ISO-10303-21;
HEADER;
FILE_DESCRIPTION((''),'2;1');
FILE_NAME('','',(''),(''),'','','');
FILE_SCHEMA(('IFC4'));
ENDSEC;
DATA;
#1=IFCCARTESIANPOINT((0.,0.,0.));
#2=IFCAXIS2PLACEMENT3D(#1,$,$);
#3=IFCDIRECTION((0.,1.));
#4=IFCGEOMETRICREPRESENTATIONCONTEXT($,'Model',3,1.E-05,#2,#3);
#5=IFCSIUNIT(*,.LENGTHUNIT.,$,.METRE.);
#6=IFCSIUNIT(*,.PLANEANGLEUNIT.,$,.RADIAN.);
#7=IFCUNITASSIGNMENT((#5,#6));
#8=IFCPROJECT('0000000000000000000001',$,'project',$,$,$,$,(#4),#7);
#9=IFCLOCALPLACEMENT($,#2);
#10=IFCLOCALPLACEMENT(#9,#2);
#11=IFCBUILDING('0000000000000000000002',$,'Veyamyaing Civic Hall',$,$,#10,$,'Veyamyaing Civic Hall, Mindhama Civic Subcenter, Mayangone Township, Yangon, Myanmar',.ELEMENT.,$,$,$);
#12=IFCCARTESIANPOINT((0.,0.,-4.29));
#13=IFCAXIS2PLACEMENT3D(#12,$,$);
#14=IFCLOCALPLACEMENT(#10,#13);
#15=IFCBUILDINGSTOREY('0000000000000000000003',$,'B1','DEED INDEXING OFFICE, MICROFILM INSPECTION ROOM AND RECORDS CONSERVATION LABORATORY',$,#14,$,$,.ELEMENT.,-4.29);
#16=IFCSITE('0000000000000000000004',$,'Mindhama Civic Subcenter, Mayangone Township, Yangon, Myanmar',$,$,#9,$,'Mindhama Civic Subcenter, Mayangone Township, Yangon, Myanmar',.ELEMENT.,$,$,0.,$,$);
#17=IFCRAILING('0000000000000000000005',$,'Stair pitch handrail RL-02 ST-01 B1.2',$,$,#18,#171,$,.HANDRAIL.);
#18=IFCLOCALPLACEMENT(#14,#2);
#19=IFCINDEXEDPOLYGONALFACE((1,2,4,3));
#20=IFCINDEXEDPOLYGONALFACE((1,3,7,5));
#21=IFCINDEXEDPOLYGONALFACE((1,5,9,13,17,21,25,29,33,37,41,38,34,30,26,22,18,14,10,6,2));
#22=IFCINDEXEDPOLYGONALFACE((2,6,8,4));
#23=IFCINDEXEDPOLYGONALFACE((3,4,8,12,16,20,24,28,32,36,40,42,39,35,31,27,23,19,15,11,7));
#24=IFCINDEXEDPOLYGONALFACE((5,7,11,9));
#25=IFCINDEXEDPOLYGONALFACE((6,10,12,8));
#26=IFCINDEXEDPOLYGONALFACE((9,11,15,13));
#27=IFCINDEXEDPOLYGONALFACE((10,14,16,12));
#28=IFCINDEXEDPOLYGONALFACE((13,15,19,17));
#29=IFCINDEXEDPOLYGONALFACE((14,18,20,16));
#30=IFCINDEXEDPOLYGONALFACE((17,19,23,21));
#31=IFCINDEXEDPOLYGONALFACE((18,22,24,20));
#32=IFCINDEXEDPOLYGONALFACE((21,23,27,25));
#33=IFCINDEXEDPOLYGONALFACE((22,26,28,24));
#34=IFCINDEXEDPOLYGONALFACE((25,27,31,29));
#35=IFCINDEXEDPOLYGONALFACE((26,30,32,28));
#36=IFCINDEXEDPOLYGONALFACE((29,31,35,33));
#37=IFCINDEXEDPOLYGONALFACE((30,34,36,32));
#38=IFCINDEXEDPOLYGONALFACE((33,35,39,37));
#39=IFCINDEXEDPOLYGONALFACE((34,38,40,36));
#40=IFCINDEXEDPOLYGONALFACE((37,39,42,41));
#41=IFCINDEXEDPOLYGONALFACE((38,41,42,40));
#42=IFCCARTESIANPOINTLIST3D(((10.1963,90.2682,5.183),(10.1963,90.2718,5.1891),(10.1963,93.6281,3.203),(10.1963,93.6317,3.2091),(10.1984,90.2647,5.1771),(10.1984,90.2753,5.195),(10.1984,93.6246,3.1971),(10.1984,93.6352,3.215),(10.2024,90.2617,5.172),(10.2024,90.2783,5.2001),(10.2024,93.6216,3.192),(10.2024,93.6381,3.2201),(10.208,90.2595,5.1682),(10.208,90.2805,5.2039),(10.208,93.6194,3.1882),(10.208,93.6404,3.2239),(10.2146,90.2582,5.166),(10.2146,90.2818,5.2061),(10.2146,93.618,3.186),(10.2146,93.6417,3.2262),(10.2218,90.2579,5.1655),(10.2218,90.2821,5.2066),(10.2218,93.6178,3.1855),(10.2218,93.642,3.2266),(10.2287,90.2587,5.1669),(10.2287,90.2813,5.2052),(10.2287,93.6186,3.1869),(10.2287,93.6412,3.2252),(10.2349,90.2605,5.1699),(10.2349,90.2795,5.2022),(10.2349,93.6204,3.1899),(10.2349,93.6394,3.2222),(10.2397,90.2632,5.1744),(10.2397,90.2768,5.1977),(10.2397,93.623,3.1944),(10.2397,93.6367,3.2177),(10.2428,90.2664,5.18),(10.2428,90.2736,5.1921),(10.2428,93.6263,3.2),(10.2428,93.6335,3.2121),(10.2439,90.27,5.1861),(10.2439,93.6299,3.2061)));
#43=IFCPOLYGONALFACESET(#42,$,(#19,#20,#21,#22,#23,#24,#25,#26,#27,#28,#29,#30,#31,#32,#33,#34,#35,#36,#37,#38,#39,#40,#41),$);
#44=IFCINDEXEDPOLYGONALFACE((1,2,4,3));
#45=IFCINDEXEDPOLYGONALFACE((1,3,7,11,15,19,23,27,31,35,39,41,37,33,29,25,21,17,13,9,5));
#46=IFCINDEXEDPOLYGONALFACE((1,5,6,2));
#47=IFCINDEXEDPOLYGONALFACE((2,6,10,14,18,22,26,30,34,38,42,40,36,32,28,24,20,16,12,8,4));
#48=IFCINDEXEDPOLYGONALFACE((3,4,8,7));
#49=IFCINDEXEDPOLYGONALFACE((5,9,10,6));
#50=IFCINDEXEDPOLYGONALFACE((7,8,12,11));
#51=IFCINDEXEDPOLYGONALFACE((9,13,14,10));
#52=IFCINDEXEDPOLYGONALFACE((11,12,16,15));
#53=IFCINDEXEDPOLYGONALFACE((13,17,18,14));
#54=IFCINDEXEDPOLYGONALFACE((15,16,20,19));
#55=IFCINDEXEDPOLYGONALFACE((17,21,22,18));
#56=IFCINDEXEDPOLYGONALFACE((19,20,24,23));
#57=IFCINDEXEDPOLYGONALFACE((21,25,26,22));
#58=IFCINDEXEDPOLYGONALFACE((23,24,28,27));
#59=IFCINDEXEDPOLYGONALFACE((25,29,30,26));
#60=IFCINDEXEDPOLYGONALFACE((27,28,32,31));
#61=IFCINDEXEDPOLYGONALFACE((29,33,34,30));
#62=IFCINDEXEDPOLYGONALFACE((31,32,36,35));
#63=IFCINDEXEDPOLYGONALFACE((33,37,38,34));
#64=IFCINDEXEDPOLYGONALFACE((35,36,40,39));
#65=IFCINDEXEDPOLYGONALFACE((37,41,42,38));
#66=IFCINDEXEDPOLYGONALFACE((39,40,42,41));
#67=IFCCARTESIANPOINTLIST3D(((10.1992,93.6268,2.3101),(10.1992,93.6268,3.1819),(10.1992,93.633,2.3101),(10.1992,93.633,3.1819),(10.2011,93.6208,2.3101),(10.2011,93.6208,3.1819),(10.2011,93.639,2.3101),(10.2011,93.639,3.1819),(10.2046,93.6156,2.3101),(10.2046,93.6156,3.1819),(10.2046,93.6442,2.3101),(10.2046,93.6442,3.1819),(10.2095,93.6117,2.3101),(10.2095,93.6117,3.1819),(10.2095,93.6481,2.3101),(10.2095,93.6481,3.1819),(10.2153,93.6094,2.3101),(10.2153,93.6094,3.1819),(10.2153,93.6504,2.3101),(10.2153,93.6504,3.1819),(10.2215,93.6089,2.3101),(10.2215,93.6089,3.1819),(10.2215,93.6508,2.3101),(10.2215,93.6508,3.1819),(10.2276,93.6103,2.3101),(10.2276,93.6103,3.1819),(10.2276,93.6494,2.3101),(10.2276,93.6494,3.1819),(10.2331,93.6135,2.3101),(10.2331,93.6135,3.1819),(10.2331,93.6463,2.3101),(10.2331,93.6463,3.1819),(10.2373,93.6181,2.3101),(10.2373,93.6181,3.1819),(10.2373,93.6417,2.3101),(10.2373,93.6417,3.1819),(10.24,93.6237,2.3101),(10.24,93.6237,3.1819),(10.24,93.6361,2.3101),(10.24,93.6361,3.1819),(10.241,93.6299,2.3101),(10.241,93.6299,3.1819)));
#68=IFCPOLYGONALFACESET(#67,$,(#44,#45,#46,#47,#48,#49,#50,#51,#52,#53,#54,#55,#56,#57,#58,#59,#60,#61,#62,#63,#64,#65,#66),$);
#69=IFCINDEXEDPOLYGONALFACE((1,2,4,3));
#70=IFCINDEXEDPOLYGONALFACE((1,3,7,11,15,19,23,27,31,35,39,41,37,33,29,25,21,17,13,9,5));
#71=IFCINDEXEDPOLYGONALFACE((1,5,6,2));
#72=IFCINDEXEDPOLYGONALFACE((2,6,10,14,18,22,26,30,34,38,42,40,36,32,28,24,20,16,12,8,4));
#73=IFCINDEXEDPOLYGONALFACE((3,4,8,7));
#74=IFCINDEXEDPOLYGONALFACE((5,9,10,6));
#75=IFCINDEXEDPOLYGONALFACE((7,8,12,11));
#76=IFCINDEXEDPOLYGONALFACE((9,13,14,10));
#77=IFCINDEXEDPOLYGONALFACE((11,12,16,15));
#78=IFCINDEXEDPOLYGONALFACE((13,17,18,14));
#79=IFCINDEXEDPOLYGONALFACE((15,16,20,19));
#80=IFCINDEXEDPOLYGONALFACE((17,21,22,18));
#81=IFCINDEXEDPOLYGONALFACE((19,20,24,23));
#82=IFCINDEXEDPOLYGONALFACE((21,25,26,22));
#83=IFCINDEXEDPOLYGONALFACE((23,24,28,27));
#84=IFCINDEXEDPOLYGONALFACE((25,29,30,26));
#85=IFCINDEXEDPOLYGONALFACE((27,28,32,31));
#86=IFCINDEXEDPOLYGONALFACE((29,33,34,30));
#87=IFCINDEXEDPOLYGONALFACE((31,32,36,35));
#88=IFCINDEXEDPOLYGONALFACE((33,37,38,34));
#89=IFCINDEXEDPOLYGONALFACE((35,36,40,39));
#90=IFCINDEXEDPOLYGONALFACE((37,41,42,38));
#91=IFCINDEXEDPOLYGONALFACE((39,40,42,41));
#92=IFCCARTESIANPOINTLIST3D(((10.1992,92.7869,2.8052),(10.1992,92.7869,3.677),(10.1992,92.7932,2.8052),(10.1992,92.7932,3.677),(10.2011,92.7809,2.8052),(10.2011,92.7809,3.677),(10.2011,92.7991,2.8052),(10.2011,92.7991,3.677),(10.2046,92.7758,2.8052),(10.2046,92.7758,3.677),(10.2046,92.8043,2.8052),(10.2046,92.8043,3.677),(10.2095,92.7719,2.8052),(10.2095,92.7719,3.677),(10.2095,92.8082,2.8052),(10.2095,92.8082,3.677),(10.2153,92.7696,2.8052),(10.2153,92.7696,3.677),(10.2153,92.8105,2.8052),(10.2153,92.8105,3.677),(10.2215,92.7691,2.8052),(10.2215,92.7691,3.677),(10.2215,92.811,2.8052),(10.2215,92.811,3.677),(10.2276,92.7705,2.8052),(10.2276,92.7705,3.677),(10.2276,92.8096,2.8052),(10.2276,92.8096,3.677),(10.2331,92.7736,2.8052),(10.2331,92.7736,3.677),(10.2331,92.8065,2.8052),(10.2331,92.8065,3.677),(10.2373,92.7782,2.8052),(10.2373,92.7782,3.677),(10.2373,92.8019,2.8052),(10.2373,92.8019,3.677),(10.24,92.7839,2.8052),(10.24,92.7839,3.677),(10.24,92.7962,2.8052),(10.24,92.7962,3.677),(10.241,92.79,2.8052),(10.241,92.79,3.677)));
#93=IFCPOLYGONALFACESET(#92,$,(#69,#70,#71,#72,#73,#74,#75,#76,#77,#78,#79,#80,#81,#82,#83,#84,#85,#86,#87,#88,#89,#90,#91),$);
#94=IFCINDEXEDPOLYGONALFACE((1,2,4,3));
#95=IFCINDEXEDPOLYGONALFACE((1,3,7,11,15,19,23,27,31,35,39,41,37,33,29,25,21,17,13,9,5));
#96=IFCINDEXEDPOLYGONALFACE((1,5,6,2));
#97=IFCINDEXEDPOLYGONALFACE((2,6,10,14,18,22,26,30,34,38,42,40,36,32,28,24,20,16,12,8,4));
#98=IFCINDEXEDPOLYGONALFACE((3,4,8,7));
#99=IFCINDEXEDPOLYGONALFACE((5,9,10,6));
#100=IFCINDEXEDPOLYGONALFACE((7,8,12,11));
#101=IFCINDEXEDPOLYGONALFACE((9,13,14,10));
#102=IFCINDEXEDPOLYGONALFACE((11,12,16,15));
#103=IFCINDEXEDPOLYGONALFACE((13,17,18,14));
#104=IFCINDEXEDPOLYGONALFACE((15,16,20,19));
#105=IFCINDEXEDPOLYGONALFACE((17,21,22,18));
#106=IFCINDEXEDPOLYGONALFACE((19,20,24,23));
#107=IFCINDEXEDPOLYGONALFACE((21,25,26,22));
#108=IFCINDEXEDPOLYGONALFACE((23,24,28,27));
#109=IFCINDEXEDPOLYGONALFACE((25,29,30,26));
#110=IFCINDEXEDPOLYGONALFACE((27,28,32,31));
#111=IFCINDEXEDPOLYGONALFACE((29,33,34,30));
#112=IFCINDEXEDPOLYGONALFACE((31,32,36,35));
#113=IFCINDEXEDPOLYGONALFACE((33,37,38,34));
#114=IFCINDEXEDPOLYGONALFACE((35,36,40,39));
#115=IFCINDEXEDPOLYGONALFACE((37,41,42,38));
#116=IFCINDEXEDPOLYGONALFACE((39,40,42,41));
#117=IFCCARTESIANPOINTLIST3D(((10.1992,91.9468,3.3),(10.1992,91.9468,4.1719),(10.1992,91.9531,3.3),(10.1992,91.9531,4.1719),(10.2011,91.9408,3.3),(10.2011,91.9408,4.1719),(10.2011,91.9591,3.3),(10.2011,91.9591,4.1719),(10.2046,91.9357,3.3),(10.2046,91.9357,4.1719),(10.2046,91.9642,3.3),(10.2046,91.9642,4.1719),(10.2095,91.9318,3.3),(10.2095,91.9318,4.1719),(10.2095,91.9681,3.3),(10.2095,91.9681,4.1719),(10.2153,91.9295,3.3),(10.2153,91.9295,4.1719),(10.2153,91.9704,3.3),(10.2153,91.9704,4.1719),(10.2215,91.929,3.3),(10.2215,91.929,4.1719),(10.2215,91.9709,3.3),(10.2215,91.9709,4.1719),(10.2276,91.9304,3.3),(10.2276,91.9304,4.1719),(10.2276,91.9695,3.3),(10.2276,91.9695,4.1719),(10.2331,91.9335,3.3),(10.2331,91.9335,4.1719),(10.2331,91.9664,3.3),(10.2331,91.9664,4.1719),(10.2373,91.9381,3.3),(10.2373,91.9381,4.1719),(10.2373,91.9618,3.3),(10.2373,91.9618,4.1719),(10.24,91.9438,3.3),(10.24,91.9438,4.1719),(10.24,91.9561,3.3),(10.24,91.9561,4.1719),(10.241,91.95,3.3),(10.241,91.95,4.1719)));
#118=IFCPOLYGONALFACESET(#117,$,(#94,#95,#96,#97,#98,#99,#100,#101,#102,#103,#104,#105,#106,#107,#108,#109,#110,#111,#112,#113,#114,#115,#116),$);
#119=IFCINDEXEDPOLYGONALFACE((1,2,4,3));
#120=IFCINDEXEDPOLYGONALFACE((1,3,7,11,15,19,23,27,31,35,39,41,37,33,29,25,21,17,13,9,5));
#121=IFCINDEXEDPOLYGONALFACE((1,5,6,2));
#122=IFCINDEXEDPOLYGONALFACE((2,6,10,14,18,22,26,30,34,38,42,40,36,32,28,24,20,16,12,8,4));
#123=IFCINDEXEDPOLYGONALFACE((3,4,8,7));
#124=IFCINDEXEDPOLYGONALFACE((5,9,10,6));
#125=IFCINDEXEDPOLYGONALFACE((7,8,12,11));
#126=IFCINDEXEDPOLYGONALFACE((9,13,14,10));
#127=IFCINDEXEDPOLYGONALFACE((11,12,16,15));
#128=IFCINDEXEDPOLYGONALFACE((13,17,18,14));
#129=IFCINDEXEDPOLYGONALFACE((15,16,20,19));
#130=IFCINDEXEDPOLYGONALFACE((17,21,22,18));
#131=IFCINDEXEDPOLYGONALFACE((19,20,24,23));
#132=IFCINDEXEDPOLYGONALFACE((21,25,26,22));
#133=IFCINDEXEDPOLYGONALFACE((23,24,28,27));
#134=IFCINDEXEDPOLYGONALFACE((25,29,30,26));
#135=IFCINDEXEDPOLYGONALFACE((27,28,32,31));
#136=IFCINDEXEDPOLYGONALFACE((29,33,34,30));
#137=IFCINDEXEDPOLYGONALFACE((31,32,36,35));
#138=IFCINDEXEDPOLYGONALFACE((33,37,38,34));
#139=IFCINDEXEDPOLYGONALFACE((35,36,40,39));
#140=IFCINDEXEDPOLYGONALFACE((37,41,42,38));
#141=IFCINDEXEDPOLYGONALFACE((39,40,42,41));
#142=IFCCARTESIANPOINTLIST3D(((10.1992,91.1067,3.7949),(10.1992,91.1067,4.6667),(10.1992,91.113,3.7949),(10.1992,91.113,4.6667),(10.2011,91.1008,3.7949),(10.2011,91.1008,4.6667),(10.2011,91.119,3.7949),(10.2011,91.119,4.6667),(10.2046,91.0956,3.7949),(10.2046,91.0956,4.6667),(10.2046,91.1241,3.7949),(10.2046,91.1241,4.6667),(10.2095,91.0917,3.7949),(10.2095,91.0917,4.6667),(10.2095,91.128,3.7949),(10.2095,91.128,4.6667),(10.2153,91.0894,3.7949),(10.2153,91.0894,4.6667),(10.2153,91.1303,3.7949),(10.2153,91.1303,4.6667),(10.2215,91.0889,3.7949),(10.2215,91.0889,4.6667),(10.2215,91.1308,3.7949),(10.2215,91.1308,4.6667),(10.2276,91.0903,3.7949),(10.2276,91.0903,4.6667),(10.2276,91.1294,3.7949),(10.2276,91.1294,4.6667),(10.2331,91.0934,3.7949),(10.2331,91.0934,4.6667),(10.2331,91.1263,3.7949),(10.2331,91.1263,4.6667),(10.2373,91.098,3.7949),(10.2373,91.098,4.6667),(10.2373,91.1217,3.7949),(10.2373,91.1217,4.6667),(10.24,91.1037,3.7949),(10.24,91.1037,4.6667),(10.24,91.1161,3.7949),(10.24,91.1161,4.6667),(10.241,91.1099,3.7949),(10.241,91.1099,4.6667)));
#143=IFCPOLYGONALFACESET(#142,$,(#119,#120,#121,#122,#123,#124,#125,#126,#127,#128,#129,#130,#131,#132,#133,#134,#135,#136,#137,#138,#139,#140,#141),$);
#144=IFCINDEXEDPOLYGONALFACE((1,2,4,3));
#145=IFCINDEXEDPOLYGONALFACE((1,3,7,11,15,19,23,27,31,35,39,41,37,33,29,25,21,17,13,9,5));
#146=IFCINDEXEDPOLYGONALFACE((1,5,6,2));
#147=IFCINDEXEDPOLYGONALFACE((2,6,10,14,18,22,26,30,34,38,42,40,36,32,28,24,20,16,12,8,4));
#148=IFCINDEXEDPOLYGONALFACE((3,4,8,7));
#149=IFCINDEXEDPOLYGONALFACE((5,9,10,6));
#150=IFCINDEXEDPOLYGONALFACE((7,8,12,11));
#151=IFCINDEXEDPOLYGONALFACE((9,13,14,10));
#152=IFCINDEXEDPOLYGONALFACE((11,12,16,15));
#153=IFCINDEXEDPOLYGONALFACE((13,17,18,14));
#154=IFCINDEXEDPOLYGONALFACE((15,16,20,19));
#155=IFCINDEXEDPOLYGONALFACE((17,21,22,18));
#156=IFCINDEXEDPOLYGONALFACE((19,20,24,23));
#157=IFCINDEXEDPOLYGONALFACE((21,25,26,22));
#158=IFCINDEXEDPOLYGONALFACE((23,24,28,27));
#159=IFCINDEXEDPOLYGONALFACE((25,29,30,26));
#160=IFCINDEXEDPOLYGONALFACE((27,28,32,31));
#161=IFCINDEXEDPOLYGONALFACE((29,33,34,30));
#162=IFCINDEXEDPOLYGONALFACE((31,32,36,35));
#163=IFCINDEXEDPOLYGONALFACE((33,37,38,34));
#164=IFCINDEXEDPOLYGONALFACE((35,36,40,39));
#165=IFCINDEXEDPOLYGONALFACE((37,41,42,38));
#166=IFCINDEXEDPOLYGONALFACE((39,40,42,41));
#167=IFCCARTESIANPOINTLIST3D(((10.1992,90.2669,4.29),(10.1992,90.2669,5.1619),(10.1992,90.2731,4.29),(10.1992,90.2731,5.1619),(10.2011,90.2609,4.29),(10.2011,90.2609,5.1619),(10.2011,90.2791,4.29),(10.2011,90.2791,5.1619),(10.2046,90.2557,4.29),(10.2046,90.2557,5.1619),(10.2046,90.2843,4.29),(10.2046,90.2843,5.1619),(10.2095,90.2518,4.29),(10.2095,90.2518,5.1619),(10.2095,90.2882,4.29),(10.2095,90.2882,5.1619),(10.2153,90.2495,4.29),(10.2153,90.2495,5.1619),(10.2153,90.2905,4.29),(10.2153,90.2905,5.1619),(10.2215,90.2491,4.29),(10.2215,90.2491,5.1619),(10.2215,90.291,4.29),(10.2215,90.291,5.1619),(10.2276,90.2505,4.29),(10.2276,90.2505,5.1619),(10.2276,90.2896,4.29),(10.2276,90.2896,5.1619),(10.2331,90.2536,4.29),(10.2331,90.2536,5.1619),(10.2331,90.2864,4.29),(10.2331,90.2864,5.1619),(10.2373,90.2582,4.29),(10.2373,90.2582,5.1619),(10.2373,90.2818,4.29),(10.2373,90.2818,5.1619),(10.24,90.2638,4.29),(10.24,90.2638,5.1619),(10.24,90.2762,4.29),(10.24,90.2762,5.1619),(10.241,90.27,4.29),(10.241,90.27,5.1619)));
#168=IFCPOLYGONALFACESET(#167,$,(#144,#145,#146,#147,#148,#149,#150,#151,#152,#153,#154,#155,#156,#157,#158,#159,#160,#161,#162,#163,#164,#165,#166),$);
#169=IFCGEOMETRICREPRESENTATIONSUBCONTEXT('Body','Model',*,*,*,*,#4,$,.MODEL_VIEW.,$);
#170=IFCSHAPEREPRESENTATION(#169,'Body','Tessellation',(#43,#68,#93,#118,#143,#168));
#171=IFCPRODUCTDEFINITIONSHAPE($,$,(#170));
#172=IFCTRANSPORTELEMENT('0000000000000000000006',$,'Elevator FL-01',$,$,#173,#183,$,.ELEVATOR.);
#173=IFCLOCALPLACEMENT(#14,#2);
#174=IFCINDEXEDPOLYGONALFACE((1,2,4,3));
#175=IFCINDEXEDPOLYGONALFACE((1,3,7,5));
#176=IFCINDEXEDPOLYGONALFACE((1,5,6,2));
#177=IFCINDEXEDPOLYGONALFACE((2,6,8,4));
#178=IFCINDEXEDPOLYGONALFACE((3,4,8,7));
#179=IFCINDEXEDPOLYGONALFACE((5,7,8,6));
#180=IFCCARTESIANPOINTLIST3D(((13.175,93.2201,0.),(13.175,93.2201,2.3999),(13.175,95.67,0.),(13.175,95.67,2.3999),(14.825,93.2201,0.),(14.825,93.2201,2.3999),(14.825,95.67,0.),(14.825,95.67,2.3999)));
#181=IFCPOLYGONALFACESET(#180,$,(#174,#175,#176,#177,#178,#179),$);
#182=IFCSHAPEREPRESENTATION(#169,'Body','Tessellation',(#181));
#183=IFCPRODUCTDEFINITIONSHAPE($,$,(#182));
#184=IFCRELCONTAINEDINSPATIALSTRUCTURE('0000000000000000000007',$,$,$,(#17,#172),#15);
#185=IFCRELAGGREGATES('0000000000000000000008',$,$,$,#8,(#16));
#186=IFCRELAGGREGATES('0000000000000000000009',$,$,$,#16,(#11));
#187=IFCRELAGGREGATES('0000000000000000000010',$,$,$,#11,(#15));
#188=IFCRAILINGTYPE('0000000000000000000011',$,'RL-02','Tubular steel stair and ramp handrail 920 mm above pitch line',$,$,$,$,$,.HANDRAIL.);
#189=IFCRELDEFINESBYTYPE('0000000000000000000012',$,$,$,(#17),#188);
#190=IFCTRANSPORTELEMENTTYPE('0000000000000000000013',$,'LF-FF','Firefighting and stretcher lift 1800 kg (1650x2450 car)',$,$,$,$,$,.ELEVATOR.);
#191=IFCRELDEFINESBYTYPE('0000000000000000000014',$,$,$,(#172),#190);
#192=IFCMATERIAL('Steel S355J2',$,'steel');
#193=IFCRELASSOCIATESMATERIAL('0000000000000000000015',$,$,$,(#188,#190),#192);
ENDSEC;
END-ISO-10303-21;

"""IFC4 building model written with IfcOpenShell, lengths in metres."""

from ifc_helpers import new_model, si_unit, direction, frame, origin, origin_2d, place, context, subcontext, project, spatial, rectangle, circle, extrude, material, type_object, element, save


model = new_model("IFC4")

# Units and contexts
model_context = context("Model", 3, precision=1e-05, world=origin(), true_north=direction((0.0, 1.0)))
body_context = subcontext(model_context, "Body", "Model", "MODEL_VIEW")
ifc_project = project(units=[si_unit("LENGTHUNIT", "METRE"), si_unit("PLANEANGLEUNIT", "RADIAN")], contexts=[model_context])

# Site, building, storey
site_placement = place(None, origin())
site = spatial("IfcSite", under=ifc_project, at=site_placement, Name="Mindhama Civic Subcenter, Mayangone Township, Yangon, Myanmar", LongName="Mindhama Civic Subcenter, Mayangone Township, Yangon, Myanmar", CompositionType="ELEMENT", RefElevation=0.0)
building_placement = place(site_placement, origin())
building = spatial("IfcBuilding", under=site, at=building_placement, Name="Veyamyaing Civic Hall", LongName="Veyamyaing Civic Hall, Mindhama Civic Subcenter, Mayangone Township, Yangon, Myanmar", CompositionType="ELEMENT")
storey_placement = place(building_placement, frame((0.0, 0.0, -4.29)))
storey = spatial("IfcBuildingStorey", under=building, at=storey_placement, Name="B1", Description="DEED INDEXING OFFICE, MICROFILM INSPECTION ROOM AND RECORDS CONSERVATION LABORATORY", CompositionType="ELEMENT", Elevation=-4.29)

# Railing
ifc_material_1 = material(Name="Steel S355J2", Category="steel")
railing_type = type_object("IfcRailingType", Name="RL-02", Description="Tubular steel stair and ramp handrail 920 mm above pitch line", PredefinedType="HANDRAIL", material=ifc_material_1)
railing_placement = place(storey_placement, frame((10.22, 93.6299, 2.3101)))
element("IfcRailing", 1, at=railing_placement, inside=storey, type_object=railing_type, Name="Stair pitch handrail RL-02 ST-01 B1.2", PredefinedType="HANDRAIL", context=body_context, shape_type="SweptSolid", body=[
    extrude(circle(Radius=0.0239, at=origin_2d()), frame((0.0, 0.0, 0.896), z_axis=(0.0, -0.861532, 0.507704), x_axis=(1.0, 0.0, 0.0)), (0.0, 0.0, 1.0), 3.8999),
    extrude(circle(Radius=0.021, at=origin_2d()), origin(), (0.0, 0.0, 1.0), 0.8718),
    extrude(circle(Radius=0.021, at=origin_2d()), frame((0.0, -0.8398, 0.4951)), (0.0, 0.0, 1.0), 0.8718),
    extrude(circle(Radius=0.021, at=origin_2d()), frame((0.0, -1.6799, 0.99)), (0.0, 0.0, 1.0), 0.8718),
    extrude(circle(Radius=0.021, at=origin_2d()), frame((0.0, -2.52, 1.4849)), (0.0, 0.0, 1.0), 0.8718),
    extrude(circle(Radius=0.021, at=origin_2d()), frame((0.0, -3.3599, 1.98)), (0.0, 0.0, 1.0), 0.8718),
])

# Transport element
transport_element_type = type_object("IfcTransportElementType", Name="LF-FF", Description="Firefighting and stretcher lift 1800 kg (1650x2450 car)", PredefinedType="ELEVATOR", material=ifc_material_1)
transport_element_placement = place(storey_placement, frame((14.0, 94.4451, 0.0), z_axis=(0.0, 0.0, 1.0), x_axis=(1.0, 0.0, 0.0)))
element("IfcTransportElement", 2, at=transport_element_placement, inside=storey, type_object=transport_element_type, Name="Elevator FL-01", PredefinedType="ELEVATOR", context=body_context, shape_type="SweptSolid", body=[
    extrude(rectangle(XDim=1.6499, YDim=2.45, at=origin_2d()), origin(), (0.0, 0.0, 1.0), 2.3999),
])

save(model, "model.ifc")
